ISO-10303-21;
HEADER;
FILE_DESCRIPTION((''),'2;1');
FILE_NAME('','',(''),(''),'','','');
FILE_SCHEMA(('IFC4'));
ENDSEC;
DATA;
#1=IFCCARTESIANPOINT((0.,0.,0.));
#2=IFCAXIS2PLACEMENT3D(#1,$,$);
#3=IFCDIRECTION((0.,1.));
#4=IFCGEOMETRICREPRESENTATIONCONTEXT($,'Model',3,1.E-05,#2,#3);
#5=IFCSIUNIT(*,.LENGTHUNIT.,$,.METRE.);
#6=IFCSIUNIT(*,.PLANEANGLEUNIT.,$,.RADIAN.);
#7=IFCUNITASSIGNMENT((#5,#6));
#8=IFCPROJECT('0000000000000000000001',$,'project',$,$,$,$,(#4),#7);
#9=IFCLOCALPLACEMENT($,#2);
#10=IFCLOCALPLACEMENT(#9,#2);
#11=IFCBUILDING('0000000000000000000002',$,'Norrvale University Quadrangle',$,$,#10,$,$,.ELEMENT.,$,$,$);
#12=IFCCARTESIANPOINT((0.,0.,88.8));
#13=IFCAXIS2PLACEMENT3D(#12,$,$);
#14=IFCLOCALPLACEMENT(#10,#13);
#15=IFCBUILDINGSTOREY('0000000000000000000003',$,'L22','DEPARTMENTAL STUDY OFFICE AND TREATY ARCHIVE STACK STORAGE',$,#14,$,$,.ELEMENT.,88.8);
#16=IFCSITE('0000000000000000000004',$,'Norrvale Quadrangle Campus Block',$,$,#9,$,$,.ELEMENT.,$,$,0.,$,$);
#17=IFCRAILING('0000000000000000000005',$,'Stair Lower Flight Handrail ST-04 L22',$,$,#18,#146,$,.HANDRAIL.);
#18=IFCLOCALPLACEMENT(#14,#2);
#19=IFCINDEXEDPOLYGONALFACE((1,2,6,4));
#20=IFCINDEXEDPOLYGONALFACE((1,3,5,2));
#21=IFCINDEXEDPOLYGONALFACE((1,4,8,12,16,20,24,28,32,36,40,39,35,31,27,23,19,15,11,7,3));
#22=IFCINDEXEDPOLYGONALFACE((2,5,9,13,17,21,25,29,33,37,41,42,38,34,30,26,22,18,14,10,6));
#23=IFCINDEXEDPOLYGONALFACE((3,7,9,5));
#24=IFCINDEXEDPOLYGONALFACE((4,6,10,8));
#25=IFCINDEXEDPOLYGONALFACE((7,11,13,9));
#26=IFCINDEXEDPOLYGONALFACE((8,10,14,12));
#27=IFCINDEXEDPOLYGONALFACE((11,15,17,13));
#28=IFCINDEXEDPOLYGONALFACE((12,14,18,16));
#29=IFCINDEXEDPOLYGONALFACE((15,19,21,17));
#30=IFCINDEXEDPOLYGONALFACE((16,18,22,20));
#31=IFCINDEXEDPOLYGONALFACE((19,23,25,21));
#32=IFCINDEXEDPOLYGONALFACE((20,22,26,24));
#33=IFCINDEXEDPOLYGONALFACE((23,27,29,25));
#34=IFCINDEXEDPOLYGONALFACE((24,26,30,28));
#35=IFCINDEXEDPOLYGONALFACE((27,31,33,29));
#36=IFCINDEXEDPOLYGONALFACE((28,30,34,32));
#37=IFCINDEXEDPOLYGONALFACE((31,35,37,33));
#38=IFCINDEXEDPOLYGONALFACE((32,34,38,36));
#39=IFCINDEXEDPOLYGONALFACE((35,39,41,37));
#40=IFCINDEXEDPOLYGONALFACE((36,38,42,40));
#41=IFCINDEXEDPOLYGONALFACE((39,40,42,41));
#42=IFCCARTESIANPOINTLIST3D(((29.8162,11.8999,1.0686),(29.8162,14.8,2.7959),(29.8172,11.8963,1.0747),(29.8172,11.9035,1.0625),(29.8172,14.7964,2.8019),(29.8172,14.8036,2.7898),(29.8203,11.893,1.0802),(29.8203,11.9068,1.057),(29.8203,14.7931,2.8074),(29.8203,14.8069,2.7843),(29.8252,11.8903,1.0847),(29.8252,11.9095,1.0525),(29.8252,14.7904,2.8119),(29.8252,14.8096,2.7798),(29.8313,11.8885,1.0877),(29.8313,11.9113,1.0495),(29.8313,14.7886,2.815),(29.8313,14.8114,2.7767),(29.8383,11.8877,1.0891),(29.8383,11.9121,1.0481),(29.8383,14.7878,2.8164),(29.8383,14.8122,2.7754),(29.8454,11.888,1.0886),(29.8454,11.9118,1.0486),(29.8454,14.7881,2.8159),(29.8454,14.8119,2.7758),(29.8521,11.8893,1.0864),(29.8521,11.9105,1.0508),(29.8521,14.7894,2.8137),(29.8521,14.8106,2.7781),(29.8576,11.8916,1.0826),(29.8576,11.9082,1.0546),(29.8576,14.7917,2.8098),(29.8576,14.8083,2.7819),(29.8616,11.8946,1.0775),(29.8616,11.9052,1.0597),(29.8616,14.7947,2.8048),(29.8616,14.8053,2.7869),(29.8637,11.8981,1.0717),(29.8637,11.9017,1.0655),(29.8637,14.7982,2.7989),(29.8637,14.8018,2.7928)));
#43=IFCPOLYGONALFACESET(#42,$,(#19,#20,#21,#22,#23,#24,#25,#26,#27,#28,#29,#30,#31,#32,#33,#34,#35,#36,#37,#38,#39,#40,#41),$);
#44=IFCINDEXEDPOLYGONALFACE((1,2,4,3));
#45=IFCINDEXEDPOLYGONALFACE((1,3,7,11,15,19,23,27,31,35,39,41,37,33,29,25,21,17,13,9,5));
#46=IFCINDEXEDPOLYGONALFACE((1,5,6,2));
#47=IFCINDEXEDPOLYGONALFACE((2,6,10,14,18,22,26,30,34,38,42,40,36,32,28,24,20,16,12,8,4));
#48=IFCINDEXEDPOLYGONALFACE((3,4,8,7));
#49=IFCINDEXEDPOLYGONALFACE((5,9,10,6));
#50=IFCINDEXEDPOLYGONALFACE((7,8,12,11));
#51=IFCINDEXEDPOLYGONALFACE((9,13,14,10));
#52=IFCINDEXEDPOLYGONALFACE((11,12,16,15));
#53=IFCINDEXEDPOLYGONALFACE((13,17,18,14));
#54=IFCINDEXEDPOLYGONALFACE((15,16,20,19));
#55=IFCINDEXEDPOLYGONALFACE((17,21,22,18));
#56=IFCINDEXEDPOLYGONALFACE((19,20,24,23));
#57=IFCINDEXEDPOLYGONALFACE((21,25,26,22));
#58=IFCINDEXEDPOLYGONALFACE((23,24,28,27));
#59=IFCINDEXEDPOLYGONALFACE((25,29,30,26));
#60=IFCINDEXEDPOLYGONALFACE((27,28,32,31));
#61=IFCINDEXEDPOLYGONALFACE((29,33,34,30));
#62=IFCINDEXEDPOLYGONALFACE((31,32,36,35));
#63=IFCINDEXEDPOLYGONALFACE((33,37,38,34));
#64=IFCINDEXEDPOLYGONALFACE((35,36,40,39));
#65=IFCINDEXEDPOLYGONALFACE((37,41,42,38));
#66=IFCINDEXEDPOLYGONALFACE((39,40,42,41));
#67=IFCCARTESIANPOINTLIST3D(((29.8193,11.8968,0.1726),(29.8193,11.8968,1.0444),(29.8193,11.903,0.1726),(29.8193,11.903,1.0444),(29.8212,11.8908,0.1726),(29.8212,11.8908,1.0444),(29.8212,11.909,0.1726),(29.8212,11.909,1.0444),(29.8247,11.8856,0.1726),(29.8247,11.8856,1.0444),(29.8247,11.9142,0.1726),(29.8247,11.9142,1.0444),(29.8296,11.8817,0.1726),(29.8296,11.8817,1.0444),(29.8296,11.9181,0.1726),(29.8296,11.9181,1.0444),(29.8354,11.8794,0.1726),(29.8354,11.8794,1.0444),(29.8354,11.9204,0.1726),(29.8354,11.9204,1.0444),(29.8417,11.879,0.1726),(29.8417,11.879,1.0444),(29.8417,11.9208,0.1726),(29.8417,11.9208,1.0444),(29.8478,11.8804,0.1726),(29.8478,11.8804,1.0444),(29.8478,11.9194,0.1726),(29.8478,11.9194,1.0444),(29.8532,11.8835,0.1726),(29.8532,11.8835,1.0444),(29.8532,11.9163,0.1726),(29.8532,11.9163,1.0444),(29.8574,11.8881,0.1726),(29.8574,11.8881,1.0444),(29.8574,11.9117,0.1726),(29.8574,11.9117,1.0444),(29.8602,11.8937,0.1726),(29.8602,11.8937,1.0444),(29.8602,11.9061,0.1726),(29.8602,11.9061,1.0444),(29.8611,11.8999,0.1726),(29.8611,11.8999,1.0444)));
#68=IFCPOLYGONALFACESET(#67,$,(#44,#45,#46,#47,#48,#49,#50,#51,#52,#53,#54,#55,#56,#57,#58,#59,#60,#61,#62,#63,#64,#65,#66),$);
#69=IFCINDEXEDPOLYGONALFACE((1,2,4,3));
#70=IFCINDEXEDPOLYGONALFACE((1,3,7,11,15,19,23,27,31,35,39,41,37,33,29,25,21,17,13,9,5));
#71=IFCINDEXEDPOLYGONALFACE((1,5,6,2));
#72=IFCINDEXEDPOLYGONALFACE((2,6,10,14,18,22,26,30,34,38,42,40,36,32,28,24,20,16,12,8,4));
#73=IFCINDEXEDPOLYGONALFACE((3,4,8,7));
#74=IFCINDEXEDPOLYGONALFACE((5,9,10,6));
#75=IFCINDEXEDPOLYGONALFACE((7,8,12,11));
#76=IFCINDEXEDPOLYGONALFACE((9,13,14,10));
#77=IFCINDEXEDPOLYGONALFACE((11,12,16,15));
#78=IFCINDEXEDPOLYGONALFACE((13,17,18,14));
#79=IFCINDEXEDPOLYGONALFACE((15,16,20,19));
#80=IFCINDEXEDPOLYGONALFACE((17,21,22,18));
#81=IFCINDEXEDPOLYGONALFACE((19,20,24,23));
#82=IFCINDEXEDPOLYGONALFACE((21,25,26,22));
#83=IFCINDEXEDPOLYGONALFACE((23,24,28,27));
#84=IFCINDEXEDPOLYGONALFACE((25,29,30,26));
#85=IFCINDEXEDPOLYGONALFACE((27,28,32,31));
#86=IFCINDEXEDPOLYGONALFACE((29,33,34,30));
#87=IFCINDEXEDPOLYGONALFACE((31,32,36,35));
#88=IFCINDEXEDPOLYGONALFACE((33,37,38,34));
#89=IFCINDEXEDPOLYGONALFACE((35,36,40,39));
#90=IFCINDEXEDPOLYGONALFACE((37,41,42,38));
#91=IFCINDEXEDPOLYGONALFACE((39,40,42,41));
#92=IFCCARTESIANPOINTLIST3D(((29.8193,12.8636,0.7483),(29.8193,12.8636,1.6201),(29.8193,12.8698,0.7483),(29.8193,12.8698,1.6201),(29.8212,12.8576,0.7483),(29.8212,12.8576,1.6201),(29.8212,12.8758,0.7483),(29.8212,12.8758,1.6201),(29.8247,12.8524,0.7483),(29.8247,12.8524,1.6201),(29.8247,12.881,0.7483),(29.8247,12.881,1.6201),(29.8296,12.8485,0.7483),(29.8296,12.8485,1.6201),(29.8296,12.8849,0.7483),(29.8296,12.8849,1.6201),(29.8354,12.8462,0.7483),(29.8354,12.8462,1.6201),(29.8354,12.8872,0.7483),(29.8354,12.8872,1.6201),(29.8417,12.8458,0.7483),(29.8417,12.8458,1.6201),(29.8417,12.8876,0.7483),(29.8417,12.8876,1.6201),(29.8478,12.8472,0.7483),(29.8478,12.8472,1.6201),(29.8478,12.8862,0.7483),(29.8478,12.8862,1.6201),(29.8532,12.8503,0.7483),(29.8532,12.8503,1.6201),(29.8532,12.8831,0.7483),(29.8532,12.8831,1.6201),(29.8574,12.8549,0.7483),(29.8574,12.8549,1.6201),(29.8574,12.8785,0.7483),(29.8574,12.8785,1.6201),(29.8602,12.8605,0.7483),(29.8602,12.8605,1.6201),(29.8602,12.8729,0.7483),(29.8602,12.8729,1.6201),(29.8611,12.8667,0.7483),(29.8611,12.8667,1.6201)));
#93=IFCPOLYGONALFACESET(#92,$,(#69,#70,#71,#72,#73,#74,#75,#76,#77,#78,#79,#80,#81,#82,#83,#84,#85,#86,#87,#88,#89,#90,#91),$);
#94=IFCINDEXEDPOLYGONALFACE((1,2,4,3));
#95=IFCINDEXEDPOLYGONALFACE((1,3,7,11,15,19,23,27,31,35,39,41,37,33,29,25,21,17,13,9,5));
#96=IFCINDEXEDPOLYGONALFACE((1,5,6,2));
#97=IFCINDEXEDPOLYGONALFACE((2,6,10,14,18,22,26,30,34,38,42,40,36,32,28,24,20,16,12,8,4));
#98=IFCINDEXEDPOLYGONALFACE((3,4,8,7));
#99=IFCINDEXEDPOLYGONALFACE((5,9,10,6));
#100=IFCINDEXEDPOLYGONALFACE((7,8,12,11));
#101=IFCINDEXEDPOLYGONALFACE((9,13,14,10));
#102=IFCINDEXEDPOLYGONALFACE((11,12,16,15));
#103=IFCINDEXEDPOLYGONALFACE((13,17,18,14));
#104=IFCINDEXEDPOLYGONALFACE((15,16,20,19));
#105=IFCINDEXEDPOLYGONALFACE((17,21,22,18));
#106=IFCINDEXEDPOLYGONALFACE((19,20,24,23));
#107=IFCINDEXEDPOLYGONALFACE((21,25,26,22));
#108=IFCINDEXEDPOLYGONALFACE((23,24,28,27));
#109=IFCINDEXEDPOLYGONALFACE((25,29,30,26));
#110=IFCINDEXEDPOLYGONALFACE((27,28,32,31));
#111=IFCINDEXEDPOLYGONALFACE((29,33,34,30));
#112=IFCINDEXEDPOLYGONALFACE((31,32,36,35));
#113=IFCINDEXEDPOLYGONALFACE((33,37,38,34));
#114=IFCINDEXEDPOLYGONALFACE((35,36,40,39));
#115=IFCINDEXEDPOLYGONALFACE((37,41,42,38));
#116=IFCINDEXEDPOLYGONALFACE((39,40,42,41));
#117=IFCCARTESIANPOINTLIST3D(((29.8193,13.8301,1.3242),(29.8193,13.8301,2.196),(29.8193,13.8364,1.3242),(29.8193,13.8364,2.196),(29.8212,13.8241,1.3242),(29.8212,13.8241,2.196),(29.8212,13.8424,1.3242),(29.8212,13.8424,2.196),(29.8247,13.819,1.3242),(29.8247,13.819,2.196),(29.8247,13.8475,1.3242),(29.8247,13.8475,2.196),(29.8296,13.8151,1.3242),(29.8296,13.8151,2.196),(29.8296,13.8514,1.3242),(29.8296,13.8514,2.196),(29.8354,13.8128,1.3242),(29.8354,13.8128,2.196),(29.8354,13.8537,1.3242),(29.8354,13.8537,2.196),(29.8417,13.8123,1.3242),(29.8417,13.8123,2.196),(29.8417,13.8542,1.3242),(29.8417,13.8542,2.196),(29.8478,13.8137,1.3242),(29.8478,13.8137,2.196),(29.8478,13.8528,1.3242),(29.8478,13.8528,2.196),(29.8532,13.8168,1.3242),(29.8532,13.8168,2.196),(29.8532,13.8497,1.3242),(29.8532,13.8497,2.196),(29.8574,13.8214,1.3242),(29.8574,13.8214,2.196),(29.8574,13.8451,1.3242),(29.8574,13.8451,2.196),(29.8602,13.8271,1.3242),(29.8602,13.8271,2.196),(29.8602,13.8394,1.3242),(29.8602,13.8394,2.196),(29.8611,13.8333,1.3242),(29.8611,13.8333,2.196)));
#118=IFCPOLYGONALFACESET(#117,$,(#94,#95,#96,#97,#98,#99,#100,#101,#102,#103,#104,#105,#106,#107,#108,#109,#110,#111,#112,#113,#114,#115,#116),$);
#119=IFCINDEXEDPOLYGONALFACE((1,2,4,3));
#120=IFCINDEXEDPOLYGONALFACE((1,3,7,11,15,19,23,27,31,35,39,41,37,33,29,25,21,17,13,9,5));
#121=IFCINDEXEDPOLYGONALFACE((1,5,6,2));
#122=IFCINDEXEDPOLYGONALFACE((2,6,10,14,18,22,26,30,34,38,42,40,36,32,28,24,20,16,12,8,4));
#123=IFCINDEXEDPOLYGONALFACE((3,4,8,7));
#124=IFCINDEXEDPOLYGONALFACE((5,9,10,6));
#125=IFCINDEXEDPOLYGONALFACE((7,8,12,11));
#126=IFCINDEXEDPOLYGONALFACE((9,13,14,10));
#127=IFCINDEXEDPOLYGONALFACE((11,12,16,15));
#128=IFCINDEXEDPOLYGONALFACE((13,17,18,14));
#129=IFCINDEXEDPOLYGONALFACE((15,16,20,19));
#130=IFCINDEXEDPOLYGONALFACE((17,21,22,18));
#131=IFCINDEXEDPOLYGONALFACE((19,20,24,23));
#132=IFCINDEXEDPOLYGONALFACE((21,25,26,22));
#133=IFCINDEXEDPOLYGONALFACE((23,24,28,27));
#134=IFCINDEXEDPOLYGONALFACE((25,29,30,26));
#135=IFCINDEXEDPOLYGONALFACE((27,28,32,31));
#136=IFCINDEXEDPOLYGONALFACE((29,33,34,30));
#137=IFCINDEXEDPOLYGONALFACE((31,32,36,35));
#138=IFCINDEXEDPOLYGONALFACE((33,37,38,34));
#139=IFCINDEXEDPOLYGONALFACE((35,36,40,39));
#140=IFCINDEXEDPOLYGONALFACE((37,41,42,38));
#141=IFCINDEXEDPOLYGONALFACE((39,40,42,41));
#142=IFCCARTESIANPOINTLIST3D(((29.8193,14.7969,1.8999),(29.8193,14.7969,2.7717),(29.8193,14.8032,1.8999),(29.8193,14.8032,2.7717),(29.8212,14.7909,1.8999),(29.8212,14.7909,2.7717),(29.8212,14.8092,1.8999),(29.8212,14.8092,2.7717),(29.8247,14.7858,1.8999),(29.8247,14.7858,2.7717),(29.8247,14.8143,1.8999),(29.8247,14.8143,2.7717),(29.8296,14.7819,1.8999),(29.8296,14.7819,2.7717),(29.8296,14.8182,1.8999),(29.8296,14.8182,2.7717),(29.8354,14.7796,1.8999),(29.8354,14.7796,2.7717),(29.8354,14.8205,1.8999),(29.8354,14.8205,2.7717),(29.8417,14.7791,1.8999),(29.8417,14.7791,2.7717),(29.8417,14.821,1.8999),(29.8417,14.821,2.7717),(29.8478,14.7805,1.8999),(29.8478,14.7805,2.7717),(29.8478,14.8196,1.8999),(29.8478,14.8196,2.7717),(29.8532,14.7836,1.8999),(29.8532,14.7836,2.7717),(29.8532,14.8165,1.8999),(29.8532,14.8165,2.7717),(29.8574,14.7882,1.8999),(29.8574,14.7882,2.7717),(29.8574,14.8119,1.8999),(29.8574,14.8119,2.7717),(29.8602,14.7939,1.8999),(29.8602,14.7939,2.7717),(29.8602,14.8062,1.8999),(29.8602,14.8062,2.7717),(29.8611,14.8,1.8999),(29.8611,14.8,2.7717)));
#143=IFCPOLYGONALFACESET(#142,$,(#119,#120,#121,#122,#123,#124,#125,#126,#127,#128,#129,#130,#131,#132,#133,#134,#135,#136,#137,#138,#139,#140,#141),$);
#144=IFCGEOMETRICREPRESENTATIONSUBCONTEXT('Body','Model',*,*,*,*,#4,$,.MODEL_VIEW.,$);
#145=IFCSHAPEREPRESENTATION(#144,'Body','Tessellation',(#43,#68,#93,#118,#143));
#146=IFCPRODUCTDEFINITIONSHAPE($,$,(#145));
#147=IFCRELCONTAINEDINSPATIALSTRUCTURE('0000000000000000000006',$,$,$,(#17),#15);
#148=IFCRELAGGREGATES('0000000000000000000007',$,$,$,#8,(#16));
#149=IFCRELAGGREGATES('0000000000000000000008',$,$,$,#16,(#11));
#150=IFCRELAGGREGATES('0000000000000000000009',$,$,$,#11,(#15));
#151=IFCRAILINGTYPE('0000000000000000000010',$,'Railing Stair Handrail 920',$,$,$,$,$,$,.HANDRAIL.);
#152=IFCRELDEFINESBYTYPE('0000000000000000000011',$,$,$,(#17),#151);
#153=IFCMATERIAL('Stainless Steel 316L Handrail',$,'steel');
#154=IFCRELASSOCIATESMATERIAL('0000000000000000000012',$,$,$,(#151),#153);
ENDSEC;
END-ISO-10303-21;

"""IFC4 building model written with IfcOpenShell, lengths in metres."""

from ifc_helpers import new_model, si_unit, direction, frame, origin, origin_2d, place, context, subcontext, project, spatial, circle, extrude, material, type_object, element, save


model = new_model("IFC4")

# Units and contexts
model_context = context("Model", 3, precision=1e-05, world=origin(), true_north=direction((0.0, 1.0)))
body_context = subcontext(model_context, "Body", "Model", "MODEL_VIEW")
ifc_project = project(units=[si_unit("LENGTHUNIT", "METRE"), si_unit("PLANEANGLEUNIT", "RADIAN")], contexts=[model_context])

# Site, building, storey
site_placement = place(None, origin())
site = spatial("IfcSite", under=ifc_project, at=site_placement, Name="Norrvale Quadrangle Campus Block", CompositionType="ELEMENT", RefElevation=0.0)
building_placement = place(site_placement, origin())
building = spatial("IfcBuilding", under=site, at=building_placement, Name="Norrvale University Quadrangle", CompositionType="ELEMENT")
storey_placement = place(building_placement, frame((0.0, 0.0, 88.8)))
storey = spatial("IfcBuildingStorey", under=building, at=storey_placement, Name="L22", Description="DEPARTMENTAL STUDY OFFICE AND TREATY ARCHIVE STACK STORAGE", CompositionType="ELEMENT", Elevation=88.8)

# Railing
ifc_material_1 = material(Name="Stainless Steel 316L Handrail", Category="steel")
railing_type_1 = type_object("IfcRailingType", Name="Railing Stair Handrail 920", PredefinedType="HANDRAIL", material=ifc_material_1)
railing_1_placement = place(storey_placement, frame((29.8401, 11.8999, 0.1726)))
element("IfcRailing", 1, at=railing_1_placement, inside=storey, type_object=railing_type_1, Name="Stair Lower Flight Handrail ST-04 L22", PredefinedType="HANDRAIL", context=body_context, shape_type="SweptSolid", body=[
    extrude(circle(Radius=0.0239, at=origin_2d()), frame((0.0, 0.0, 0.896), z_axis=(0.0, 0.85916, 0.511706), x_axis=(-1.0, 0.0, 0.0)), (0.0, 0.0, 1.0), 3.3755),
    extrude(circle(Radius=0.021, at=origin_2d()), origin(), (0.0, 0.0, 1.0), 0.8718),
    extrude(circle(Radius=0.021, at=origin_2d()), frame((0.0, 0.9668, 0.5757)), (0.0, 0.0, 1.0), 0.8718),
    extrude(circle(Radius=0.021, at=origin_2d()), frame((0.0, 1.9333, 1.1516)), (0.0, 0.0, 1.0), 0.8718),
    extrude(circle(Radius=0.021, at=origin_2d()), frame((0.0, 2.9001, 1.7273)), (0.0, 0.0, 1.0), 0.8718),
])

save(model, "model.ifc")
